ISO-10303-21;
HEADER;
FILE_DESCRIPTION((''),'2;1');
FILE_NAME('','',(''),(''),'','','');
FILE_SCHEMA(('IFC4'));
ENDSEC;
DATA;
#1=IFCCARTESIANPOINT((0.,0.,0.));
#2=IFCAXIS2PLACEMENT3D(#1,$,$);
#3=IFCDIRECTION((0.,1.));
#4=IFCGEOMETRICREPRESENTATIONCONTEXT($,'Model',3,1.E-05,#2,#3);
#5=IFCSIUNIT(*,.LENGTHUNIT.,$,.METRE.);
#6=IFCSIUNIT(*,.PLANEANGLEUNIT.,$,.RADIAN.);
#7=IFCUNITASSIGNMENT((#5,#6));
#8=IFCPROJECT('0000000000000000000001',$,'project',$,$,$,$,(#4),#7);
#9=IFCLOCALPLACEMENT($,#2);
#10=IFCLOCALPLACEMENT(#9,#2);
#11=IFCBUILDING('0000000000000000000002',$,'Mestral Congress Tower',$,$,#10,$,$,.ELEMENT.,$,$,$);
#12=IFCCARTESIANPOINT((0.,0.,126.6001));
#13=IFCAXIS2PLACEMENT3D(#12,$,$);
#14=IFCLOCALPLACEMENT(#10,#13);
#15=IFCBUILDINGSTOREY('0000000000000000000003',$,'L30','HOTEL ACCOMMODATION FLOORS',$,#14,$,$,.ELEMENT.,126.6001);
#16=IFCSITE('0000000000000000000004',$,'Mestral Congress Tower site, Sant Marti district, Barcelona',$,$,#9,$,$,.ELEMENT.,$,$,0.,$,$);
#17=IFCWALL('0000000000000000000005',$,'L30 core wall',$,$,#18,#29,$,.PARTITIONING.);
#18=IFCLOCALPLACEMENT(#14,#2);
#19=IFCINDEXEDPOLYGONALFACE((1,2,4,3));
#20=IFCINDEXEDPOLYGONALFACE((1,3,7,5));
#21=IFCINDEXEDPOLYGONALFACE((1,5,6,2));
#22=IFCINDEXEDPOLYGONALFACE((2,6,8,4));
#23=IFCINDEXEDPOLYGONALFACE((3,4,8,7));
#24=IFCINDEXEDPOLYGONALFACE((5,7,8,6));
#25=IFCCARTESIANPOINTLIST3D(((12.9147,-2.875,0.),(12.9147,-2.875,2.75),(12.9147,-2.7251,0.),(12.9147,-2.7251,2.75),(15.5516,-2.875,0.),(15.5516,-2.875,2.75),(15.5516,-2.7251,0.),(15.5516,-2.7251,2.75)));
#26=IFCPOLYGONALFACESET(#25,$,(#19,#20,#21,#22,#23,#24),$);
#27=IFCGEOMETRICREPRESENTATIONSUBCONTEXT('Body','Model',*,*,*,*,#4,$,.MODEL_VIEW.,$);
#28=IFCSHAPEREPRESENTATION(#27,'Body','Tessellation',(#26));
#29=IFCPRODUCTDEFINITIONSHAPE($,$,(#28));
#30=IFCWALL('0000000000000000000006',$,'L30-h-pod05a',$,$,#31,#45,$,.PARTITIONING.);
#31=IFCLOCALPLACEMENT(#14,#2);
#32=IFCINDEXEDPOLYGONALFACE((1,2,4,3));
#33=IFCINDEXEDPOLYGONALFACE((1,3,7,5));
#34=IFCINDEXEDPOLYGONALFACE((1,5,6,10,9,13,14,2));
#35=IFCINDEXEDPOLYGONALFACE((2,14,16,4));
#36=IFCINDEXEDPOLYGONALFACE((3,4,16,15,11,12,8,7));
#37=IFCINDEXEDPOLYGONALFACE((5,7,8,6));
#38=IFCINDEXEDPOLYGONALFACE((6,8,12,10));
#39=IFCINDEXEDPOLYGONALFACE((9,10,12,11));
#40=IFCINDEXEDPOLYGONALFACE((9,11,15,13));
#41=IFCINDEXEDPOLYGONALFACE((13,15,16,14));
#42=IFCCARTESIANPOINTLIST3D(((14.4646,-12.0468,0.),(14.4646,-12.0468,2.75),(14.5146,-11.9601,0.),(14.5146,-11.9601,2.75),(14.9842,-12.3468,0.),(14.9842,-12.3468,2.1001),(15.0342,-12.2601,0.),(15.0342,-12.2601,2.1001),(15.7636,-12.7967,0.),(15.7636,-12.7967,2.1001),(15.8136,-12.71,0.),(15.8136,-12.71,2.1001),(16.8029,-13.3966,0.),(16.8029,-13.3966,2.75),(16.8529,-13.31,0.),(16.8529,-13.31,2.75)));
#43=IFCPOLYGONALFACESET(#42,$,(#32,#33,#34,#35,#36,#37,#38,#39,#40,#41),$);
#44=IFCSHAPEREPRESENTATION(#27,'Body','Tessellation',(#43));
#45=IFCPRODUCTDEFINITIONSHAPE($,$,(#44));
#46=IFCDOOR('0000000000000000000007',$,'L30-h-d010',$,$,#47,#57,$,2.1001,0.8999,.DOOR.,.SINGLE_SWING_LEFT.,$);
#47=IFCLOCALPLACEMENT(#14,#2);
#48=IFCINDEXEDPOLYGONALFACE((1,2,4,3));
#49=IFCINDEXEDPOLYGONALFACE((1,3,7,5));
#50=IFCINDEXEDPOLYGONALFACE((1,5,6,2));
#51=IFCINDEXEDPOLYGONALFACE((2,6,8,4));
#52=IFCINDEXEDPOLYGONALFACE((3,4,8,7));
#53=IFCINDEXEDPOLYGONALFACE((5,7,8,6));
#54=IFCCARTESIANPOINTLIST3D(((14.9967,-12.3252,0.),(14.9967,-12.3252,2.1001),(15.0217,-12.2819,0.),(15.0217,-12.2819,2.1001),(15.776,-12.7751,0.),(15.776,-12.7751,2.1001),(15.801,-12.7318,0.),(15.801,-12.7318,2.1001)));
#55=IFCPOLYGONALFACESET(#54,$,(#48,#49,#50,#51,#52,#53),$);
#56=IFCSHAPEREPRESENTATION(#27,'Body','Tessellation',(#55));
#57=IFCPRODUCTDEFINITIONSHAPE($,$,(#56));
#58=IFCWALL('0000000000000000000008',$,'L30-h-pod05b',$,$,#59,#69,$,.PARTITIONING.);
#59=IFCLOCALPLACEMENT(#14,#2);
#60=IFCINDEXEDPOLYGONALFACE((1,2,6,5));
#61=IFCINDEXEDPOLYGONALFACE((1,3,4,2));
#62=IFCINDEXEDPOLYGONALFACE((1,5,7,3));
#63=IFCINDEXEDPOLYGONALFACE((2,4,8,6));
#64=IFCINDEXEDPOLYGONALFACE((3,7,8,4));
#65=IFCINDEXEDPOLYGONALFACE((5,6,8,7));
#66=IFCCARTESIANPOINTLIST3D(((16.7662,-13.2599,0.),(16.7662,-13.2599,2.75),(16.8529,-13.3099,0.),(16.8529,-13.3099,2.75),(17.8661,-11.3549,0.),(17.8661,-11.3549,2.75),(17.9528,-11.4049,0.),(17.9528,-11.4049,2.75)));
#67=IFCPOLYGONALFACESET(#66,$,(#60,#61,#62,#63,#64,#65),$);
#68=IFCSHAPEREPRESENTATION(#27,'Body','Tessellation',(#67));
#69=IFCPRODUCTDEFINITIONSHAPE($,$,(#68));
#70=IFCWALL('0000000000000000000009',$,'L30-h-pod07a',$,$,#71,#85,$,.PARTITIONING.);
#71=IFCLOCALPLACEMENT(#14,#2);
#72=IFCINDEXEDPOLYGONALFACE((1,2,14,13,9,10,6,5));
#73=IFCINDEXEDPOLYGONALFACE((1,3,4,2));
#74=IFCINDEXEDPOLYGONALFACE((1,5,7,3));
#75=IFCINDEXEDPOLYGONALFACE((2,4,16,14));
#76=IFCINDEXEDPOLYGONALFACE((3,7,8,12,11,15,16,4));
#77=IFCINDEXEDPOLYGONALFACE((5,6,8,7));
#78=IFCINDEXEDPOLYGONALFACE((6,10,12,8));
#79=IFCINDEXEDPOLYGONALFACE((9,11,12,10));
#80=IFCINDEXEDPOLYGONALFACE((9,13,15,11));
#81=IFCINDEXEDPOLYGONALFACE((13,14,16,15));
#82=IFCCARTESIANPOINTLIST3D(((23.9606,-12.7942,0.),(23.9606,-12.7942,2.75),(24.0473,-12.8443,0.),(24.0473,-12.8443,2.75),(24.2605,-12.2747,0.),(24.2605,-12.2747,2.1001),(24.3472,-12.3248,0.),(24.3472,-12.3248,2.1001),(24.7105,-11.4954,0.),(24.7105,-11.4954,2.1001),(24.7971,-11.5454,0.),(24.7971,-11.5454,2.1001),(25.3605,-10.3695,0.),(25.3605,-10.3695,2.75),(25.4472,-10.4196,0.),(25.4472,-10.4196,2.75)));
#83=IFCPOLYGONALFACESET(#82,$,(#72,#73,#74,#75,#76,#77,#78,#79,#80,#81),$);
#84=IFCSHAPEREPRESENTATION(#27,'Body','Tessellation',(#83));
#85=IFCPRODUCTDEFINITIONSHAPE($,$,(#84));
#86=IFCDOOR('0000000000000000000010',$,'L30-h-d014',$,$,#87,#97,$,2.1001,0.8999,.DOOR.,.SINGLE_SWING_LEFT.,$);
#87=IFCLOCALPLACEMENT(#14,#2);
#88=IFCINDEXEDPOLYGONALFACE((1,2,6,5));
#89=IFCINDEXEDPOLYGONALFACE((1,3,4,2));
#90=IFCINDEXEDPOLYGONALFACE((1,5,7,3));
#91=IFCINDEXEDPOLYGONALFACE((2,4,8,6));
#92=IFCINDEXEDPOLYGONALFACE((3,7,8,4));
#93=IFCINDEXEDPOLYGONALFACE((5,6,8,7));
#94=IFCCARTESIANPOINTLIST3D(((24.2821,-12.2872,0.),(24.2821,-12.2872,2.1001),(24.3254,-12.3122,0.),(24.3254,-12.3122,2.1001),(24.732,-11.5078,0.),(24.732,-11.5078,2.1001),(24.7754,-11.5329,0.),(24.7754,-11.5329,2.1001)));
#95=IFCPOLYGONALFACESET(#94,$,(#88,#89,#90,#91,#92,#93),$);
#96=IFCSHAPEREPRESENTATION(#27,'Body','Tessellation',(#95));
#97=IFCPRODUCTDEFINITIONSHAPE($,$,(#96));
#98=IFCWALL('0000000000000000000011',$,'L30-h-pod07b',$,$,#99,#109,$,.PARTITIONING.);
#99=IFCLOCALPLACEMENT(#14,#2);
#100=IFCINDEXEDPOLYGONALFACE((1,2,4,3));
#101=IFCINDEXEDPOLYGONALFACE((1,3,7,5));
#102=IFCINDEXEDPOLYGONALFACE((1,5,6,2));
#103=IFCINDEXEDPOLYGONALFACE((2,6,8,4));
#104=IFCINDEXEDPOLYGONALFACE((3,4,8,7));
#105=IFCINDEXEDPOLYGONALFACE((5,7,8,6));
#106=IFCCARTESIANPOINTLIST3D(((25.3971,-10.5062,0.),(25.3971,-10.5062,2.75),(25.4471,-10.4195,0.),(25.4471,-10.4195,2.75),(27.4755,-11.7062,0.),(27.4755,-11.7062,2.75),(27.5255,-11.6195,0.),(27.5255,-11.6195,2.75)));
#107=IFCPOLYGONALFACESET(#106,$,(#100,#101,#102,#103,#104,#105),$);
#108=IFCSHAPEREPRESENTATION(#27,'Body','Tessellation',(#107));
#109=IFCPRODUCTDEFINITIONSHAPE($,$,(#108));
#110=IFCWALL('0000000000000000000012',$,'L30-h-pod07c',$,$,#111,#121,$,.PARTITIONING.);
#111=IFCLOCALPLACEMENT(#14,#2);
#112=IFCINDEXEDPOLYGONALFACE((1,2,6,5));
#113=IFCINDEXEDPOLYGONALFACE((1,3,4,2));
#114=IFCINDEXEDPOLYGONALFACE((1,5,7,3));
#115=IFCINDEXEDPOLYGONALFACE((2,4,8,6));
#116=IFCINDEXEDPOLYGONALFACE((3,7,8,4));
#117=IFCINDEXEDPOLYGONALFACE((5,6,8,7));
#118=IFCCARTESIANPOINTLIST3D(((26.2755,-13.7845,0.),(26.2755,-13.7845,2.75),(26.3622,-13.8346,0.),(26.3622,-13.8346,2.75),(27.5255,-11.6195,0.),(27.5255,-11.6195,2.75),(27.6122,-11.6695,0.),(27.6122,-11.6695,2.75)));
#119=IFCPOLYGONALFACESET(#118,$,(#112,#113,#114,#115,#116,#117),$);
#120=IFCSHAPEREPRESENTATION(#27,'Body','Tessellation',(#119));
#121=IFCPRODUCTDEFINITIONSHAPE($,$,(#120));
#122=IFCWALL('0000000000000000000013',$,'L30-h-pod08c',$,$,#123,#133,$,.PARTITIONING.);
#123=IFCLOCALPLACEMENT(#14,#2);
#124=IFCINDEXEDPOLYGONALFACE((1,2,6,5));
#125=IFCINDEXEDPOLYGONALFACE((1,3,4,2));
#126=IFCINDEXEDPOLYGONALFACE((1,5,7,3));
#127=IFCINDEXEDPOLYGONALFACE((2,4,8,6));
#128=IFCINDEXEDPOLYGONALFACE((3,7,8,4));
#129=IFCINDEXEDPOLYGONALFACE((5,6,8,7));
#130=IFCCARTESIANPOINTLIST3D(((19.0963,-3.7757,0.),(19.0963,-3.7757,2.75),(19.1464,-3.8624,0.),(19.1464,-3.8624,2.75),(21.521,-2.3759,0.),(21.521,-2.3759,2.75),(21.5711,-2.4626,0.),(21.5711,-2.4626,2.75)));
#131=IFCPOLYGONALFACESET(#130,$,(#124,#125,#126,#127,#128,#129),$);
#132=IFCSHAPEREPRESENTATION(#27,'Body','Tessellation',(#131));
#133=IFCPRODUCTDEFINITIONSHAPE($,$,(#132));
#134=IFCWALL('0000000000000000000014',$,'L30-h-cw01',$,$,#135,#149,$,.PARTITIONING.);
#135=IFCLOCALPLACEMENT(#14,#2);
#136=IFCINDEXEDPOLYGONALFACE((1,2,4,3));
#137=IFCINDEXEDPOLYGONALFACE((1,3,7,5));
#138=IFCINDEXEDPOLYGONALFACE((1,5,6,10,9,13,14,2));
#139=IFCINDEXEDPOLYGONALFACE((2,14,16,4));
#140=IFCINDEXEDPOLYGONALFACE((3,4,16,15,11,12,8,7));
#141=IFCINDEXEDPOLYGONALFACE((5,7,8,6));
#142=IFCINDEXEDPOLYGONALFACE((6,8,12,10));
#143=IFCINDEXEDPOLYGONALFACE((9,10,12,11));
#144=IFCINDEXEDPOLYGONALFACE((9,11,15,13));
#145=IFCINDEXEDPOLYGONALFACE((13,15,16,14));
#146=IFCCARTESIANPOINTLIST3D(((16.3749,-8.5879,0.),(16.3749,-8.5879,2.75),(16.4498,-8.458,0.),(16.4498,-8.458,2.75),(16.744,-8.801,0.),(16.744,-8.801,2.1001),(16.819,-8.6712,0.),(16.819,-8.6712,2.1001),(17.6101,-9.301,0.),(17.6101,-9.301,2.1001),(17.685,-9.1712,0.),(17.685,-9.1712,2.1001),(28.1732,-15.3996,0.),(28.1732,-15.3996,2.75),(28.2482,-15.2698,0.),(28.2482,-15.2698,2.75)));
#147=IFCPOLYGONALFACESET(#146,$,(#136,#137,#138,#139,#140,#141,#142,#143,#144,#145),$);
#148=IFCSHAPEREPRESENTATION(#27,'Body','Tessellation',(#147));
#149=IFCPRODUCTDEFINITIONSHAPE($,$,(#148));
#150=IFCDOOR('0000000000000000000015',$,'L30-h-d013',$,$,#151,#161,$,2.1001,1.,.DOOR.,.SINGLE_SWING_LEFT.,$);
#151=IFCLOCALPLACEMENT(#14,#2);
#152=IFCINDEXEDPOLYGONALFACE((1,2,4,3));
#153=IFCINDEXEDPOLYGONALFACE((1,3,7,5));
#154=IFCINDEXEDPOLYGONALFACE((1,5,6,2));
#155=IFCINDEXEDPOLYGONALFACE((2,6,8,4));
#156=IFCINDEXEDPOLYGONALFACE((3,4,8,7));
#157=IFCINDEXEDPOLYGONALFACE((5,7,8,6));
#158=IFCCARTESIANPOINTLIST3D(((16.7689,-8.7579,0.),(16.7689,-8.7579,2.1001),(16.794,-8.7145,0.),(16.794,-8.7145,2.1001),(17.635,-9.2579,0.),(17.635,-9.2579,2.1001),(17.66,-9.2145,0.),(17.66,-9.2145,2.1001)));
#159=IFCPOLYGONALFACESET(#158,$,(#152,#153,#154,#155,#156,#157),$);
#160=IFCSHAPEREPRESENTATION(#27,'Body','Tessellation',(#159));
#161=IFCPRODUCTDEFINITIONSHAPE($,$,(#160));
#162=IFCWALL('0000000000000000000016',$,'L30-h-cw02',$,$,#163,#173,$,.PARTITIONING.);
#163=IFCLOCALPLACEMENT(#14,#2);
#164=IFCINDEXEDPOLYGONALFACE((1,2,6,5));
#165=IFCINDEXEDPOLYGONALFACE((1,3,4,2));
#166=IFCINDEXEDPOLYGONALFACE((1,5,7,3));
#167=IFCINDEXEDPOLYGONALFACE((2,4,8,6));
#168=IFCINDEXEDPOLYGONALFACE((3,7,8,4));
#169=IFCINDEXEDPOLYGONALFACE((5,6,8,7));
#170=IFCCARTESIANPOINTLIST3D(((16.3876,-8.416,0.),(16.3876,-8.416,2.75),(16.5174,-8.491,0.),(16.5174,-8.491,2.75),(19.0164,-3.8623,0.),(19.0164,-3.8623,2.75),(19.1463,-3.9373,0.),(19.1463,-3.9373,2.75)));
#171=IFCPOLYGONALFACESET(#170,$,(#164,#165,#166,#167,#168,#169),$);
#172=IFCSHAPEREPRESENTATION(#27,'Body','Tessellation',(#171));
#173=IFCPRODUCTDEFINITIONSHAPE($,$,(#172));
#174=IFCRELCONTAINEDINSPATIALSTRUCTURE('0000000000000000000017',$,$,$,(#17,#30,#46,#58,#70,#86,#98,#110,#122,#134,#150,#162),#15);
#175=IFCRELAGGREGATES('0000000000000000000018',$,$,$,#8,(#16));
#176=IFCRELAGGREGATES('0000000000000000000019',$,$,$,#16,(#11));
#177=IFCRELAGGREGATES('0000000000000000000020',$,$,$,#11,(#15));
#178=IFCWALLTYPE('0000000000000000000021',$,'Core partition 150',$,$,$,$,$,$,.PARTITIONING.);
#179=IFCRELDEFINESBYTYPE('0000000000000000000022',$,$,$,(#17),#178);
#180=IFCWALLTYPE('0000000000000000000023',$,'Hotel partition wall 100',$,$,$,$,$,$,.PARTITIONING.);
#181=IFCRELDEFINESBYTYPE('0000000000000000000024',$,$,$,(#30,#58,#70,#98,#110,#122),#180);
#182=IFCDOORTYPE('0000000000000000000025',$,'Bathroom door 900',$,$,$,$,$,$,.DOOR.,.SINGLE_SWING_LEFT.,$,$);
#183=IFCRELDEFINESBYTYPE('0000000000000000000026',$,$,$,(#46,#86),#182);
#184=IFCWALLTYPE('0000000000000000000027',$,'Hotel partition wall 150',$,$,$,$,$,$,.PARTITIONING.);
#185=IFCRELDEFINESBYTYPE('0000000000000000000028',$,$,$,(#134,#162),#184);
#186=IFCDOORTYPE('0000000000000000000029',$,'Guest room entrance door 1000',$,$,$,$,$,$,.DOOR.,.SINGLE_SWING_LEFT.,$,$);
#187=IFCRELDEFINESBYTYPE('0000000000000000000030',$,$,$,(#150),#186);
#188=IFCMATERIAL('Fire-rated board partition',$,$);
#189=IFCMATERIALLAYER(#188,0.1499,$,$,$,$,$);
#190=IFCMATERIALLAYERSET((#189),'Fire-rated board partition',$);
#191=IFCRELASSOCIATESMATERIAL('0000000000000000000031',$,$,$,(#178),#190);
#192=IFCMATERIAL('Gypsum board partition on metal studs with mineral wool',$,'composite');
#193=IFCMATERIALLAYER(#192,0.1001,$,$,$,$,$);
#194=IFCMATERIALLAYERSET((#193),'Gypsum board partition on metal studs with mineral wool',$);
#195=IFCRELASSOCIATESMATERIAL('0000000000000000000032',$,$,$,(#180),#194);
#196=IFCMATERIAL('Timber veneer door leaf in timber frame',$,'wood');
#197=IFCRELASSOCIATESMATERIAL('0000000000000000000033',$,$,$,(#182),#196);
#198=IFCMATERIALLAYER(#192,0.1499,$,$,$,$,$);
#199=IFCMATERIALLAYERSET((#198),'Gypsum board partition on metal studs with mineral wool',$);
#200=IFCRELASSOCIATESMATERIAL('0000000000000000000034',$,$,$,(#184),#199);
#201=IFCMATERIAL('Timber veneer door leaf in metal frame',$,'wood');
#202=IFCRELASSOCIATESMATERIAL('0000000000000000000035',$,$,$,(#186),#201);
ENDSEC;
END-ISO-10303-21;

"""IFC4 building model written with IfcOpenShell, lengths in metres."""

from ifc_helpers import new_model, si_unit, direction, frame, frame_2d, origin, place, context, subcontext, project, spatial, rectangle, extrude, material, layer, layer_set, type_object, element, fill, save


model = new_model("IFC4")

# Units and contexts
model_context = context("Model", 3, precision=1e-05, world=origin(), true_north=direction((0.0, 1.0)))
body_context = subcontext(model_context, "Body", "Model", "MODEL_VIEW")
ifc_project = project(units=[si_unit("LENGTHUNIT", "METRE"), si_unit("PLANEANGLEUNIT", "RADIAN")], contexts=[model_context])

# Site, building, storey
site_placement = place(None, origin())
site = spatial("IfcSite", under=ifc_project, at=site_placement, Name="Mestral Congress Tower site, Sant Marti district, Barcelona", CompositionType="ELEMENT", RefElevation=0.0)
building_placement = place(site_placement, origin())
building = spatial("IfcBuilding", under=site, at=building_placement, Name="Mestral Congress Tower", CompositionType="ELEMENT")
storey_placement = place(building_placement, frame((0.0, 0.0, 126.6001)))
storey = spatial("IfcBuildingStorey", under=building, at=storey_placement, Name="L30", Description="HOTEL ACCOMMODATION FLOORS", CompositionType="ELEMENT", Elevation=126.6001)

# Wall
ifc_material_1 = material(Name="Fire-rated board partition")
ifc_layer_1 = layer(ifc_material_1, 0.1499)
ifc_layer_set_1 = layer_set([ifc_layer_1], Name="Fire-rated board partition")
wall_type_1 = type_object("IfcWallType", Name="Core partition 150", PredefinedType="PARTITIONING", material=ifc_layer_set_1)
wall_1_placement = place(storey_placement, frame((12.9148, -2.8, 0.0), z_axis=(0.0, 0.0, 1.0), x_axis=(1.0, 0.0, 0.0)))
element("IfcWall", 1, at=wall_1_placement, inside=storey, type_object=wall_type_1, Name="L30 core wall", PredefinedType="PARTITIONING", context=body_context, shape_type="SweptSolid", body=[
    extrude(rectangle(XDim=2.637, YDim=0.1499, at=frame_2d((1.3184, 0.0))), origin(), (0.0, 0.0, 1.0), 2.75),
])

# Wall, opening, door
ifc_material_2 = material(Name="Gypsum board partition on metal studs with mineral wool", Category="composite")
ifc_layer_2 = layer(ifc_material_2, 0.1001)
ifc_layer_set_2 = layer_set([ifc_layer_2], Name="Gypsum board partition on metal studs with mineral wool")
wall_type_2 = type_object("IfcWallType", Name="Hotel partition wall 100", PredefinedType="PARTITIONING", material=ifc_layer_set_2)
wall_2_placement = place(storey_placement, frame((14.4895, -12.0034, 0.0), z_axis=(0.0, 0.0, 1.0), x_axis=(0.866059, -0.499942, 0.0)))
wall_2 = element("IfcWall", 2, at=wall_2_placement, inside=storey, type_object=wall_type_2, Name="L30-h-pod05a", PredefinedType="PARTITIONING", context=body_context, shape_type="SweptSolid", body=[
    extrude(rectangle(XDim=2.7, YDim=0.1001, at=frame_2d((1.3501, 0.0))), origin(), (0.0, 0.0, 1.0), 2.75),
])
opening_1_placement = place(wall_2_placement, frame((0.6001, 0.0, 0.0)))
opening_1 = element("IfcOpeningElement", 3, at=opening_1_placement, cuts=wall_2, PredefinedType="OPENING", context=body_context, shape_type="SweptSolid", body=[
    extrude(rectangle(XDim=0.8999, YDim=2.1001, at=frame_2d((0.45, 1.05))), frame((0.0, 0.0601, 0.0), z_axis=(0.0, -1.0, 0.0), x_axis=(1.0, 0.0, 0.0)), (0.0, 0.0, 1.0), 0.1201),
])
ifc_material_3 = material(Name="Timber veneer door leaf in timber frame", Category="wood")
door_type_1 = type_object("IfcDoorType", Name="Bathroom door 900", OperationType="SINGLE_SWING_LEFT", PredefinedType="DOOR", material=ifc_material_3)
door_1_placement = place(opening_1_placement, origin())
door_1 = element("IfcDoor", 4, at=door_1_placement, inside=storey, type_object=door_type_1, Name="L30-h-d010", OperationType="SINGLE_SWING_LEFT", OverallHeight=2.1001, OverallWidth=0.8999, PredefinedType="DOOR", context=body_context, shape_type="SweptSolid", body=[
    extrude(rectangle(XDim=0.8999, YDim=2.1001, at=frame_2d((0.45, 1.05))), frame((0.0, 0.0249, 0.0), z_axis=(0.0, -1.0, 0.0), x_axis=(1.0, 0.0, 0.0)), (0.0, 0.0, 1.0), 0.05),
])
fill(opening_1, door_1)

# Wall
wall_3_placement = place(storey_placement, frame((16.8096, -13.2849, 0.0), z_axis=(0.0, 0.0, 1.0), x_axis=(0.499995, 0.866028, 0.0)))
element("IfcWall", 5, at=wall_3_placement, inside=storey, type_object=wall_type_2, Name="L30-h-pod05b", PredefinedType="PARTITIONING", context=body_context, shape_type="SweptSolid", body=[
    extrude(rectangle(XDim=2.1997, YDim=0.1001, at=frame_2d((1.0999, 0.0))), origin(), (0.0, 0.0, 1.0), 2.75),
])

# Wall, opening, door
wall_4_placement = place(storey_placement, frame((25.4038, -10.3945, 0.0), z_axis=(0.0, 0.0, 1.0), x_axis=(-0.499984, -0.866035, 0.0)))
wall_4 = element("IfcWall", 6, at=wall_4_placement, inside=storey, type_object=wall_type_2, Name="L30-h-pod07a", PredefinedType="PARTITIONING", context=body_context, shape_type="SweptSolid", body=[
    extrude(rectangle(XDim=2.7998, YDim=0.1001, at=frame_2d((1.3999, 0.0))), origin(), (0.0, 0.0, 1.0), 2.75),
])
opening_2_placement = place(wall_4_placement, frame((1.3, 0.0, 0.0)))
opening_2 = element("IfcOpeningElement", 7, at=opening_2_placement, cuts=wall_4, PredefinedType="OPENING", context=body_context, shape_type="SweptSolid", body=[
    extrude(rectangle(XDim=0.8999, YDim=2.1001, at=frame_2d((0.45, 1.05))), frame((0.0, 0.0601, 0.0), z_axis=(0.0, -1.0, 0.0), x_axis=(1.0, 0.0, 0.0)), (0.0, 0.0, 1.0), 0.1201),
])
door_2_placement = place(opening_2_placement, origin())
door_2 = element("IfcDoor", 8, at=door_2_placement, inside=storey, type_object=door_type_1, Name="L30-h-d014", OperationType="SINGLE_SWING_LEFT", OverallHeight=2.1001, OverallWidth=0.8999, PredefinedType="DOOR", context=body_context, shape_type="SweptSolid", body=[
    extrude(rectangle(XDim=0.8999, YDim=2.1001, at=frame_2d((0.45, 1.05))), frame((0.0, 0.0249, 0.0), z_axis=(0.0, -1.0, 0.0), x_axis=(1.0, 0.0, 0.0)), (0.0, 0.0, 1.0), 0.05),
])
fill(opening_2, door_2)

# Walls
wall_5_placement = place(storey_placement, frame((25.4221, -10.4629, 0.0), z_axis=(0.0, 0.0, 1.0), x_axis=(0.866025, -0.500001, 0.0)))
element("IfcWall", 9, at=wall_5_placement, inside=storey, type_object=wall_type_2, Name="L30-h-pod07b", PredefinedType="PARTITIONING", context=body_context, shape_type="SweptSolid", body=[
    extrude(rectangle(XDim=2.3999, YDim=0.1001, at=frame_2d((1.2, 0.0))), origin(), (0.0, 0.0, 1.0), 2.75),
])
wall_6_placement = place(storey_placement, frame((26.3188, -13.8096, 0.0), z_axis=(0.0, 0.0, 1.0), x_axis=(0.500004, 0.866023, 0.0)))
element("IfcWall", 10, at=wall_6_placement, inside=storey, type_object=wall_type_2, Name="L30-h-pod07c", PredefinedType="PARTITIONING", context=body_context, shape_type="SweptSolid", body=[
    extrude(rectangle(XDim=2.5, YDim=0.1001, at=frame_2d((1.25, 0.0))), origin(), (0.0, 0.0, 1.0), 2.75),
])
wall_7_placement = place(storey_placement, frame((19.1213, -3.8191, 0.0), z_axis=(0.0, 0.0, 1.0), x_axis=(0.866035, 0.499984, 0.0)))
element("IfcWall", 11, at=wall_7_placement, inside=storey, type_object=wall_type_2, Name="L30-h-pod08c", PredefinedType="PARTITIONING", context=body_context, shape_type="SweptSolid", body=[
    extrude(rectangle(XDim=2.7998, YDim=0.1001, at=frame_2d((1.3999, 0.0))), origin(), (0.0, 0.0, 1.0), 2.75),
])

# Wall, opening, door
ifc_layer_3 = layer(ifc_material_2, 0.1499)
ifc_layer_set_3 = layer_set([ifc_layer_3], Name="Gypsum board partition on metal studs with mineral wool")
wall_type_3 = type_object("IfcWallType", Name="Hotel partition wall 150", PredefinedType="PARTITIONING", material=ifc_layer_set_3)
wall_8_placement = place(storey_placement, frame((16.4124, -8.5229, 0.0), z_axis=(0.0, 0.0, 1.0), x_axis=(0.866026, -0.5, 0.0)))
wall_8 = element("IfcWall", 12, at=wall_8_placement, inside=storey, type_object=wall_type_3, Name="L30-h-cw01", PredefinedType="PARTITIONING", context=body_context, shape_type="SweptSolid", body=[
    extrude(rectangle(XDim=13.6235, YDim=0.1499, at=frame_2d((6.8118, 0.0))), origin(), (0.0, 0.0, 1.0), 2.75),
])
opening_3_placement = place(wall_8_placement, frame((0.4263, 0.0, 0.0)))
opening_3 = element("IfcOpeningElement", 13, at=opening_3_placement, cuts=wall_8, PredefinedType="OPENING", context=body_context, shape_type="SweptSolid", body=[
    extrude(rectangle(XDim=1.0, YDim=2.1001, at=frame_2d((0.5, 1.05))), frame((0.0, 0.085, 0.0), z_axis=(0.0, -1.0, 0.0), x_axis=(1.0, 0.0, 0.0)), (0.0, 0.0, 1.0), 0.1699),
])
ifc_material_4 = material(Name="Timber veneer door leaf in metal frame", Category="wood")
door_type_2 = type_object("IfcDoorType", Name="Guest room entrance door 1000", OperationType="SINGLE_SWING_LEFT", PredefinedType="DOOR", material=ifc_material_4)
door_3_placement = place(opening_3_placement, origin())
door_3 = element("IfcDoor", 14, at=door_3_placement, inside=storey, type_object=door_type_2, Name="L30-h-d013", OperationType="SINGLE_SWING_LEFT", OverallHeight=2.1001, OverallWidth=1.0, PredefinedType="DOOR", context=body_context, shape_type="SweptSolid", body=[
    extrude(rectangle(XDim=1.0, YDim=2.1001, at=frame_2d((0.5, 1.05))), frame((0.0, 0.0249, 0.0), z_axis=(0.0, -1.0, 0.0), x_axis=(1.0, 0.0, 0.0)), (0.0, 0.0, 1.0), 0.05),
])
fill(opening_3, door_3)

# Wall
wall_9_placement = place(storey_placement, frame((19.0813, -3.8999, 0.0), z_axis=(0.0, 0.0, 1.0), x_axis=(-0.499974, -0.86604, 0.0)))
element("IfcWall", 15, at=wall_9_placement, inside=storey, type_object=wall_type_3, Name="L30-h-cw02", PredefinedType="PARTITIONING", context=body_context, shape_type="SweptSolid", body=[
    extrude(rectangle(XDim=5.2581, YDim=0.1499, at=frame_2d((2.6289, 0.0))), origin(), (0.0, 0.0, 1.0), 2.75),
])

save(model, "model.ifc")
